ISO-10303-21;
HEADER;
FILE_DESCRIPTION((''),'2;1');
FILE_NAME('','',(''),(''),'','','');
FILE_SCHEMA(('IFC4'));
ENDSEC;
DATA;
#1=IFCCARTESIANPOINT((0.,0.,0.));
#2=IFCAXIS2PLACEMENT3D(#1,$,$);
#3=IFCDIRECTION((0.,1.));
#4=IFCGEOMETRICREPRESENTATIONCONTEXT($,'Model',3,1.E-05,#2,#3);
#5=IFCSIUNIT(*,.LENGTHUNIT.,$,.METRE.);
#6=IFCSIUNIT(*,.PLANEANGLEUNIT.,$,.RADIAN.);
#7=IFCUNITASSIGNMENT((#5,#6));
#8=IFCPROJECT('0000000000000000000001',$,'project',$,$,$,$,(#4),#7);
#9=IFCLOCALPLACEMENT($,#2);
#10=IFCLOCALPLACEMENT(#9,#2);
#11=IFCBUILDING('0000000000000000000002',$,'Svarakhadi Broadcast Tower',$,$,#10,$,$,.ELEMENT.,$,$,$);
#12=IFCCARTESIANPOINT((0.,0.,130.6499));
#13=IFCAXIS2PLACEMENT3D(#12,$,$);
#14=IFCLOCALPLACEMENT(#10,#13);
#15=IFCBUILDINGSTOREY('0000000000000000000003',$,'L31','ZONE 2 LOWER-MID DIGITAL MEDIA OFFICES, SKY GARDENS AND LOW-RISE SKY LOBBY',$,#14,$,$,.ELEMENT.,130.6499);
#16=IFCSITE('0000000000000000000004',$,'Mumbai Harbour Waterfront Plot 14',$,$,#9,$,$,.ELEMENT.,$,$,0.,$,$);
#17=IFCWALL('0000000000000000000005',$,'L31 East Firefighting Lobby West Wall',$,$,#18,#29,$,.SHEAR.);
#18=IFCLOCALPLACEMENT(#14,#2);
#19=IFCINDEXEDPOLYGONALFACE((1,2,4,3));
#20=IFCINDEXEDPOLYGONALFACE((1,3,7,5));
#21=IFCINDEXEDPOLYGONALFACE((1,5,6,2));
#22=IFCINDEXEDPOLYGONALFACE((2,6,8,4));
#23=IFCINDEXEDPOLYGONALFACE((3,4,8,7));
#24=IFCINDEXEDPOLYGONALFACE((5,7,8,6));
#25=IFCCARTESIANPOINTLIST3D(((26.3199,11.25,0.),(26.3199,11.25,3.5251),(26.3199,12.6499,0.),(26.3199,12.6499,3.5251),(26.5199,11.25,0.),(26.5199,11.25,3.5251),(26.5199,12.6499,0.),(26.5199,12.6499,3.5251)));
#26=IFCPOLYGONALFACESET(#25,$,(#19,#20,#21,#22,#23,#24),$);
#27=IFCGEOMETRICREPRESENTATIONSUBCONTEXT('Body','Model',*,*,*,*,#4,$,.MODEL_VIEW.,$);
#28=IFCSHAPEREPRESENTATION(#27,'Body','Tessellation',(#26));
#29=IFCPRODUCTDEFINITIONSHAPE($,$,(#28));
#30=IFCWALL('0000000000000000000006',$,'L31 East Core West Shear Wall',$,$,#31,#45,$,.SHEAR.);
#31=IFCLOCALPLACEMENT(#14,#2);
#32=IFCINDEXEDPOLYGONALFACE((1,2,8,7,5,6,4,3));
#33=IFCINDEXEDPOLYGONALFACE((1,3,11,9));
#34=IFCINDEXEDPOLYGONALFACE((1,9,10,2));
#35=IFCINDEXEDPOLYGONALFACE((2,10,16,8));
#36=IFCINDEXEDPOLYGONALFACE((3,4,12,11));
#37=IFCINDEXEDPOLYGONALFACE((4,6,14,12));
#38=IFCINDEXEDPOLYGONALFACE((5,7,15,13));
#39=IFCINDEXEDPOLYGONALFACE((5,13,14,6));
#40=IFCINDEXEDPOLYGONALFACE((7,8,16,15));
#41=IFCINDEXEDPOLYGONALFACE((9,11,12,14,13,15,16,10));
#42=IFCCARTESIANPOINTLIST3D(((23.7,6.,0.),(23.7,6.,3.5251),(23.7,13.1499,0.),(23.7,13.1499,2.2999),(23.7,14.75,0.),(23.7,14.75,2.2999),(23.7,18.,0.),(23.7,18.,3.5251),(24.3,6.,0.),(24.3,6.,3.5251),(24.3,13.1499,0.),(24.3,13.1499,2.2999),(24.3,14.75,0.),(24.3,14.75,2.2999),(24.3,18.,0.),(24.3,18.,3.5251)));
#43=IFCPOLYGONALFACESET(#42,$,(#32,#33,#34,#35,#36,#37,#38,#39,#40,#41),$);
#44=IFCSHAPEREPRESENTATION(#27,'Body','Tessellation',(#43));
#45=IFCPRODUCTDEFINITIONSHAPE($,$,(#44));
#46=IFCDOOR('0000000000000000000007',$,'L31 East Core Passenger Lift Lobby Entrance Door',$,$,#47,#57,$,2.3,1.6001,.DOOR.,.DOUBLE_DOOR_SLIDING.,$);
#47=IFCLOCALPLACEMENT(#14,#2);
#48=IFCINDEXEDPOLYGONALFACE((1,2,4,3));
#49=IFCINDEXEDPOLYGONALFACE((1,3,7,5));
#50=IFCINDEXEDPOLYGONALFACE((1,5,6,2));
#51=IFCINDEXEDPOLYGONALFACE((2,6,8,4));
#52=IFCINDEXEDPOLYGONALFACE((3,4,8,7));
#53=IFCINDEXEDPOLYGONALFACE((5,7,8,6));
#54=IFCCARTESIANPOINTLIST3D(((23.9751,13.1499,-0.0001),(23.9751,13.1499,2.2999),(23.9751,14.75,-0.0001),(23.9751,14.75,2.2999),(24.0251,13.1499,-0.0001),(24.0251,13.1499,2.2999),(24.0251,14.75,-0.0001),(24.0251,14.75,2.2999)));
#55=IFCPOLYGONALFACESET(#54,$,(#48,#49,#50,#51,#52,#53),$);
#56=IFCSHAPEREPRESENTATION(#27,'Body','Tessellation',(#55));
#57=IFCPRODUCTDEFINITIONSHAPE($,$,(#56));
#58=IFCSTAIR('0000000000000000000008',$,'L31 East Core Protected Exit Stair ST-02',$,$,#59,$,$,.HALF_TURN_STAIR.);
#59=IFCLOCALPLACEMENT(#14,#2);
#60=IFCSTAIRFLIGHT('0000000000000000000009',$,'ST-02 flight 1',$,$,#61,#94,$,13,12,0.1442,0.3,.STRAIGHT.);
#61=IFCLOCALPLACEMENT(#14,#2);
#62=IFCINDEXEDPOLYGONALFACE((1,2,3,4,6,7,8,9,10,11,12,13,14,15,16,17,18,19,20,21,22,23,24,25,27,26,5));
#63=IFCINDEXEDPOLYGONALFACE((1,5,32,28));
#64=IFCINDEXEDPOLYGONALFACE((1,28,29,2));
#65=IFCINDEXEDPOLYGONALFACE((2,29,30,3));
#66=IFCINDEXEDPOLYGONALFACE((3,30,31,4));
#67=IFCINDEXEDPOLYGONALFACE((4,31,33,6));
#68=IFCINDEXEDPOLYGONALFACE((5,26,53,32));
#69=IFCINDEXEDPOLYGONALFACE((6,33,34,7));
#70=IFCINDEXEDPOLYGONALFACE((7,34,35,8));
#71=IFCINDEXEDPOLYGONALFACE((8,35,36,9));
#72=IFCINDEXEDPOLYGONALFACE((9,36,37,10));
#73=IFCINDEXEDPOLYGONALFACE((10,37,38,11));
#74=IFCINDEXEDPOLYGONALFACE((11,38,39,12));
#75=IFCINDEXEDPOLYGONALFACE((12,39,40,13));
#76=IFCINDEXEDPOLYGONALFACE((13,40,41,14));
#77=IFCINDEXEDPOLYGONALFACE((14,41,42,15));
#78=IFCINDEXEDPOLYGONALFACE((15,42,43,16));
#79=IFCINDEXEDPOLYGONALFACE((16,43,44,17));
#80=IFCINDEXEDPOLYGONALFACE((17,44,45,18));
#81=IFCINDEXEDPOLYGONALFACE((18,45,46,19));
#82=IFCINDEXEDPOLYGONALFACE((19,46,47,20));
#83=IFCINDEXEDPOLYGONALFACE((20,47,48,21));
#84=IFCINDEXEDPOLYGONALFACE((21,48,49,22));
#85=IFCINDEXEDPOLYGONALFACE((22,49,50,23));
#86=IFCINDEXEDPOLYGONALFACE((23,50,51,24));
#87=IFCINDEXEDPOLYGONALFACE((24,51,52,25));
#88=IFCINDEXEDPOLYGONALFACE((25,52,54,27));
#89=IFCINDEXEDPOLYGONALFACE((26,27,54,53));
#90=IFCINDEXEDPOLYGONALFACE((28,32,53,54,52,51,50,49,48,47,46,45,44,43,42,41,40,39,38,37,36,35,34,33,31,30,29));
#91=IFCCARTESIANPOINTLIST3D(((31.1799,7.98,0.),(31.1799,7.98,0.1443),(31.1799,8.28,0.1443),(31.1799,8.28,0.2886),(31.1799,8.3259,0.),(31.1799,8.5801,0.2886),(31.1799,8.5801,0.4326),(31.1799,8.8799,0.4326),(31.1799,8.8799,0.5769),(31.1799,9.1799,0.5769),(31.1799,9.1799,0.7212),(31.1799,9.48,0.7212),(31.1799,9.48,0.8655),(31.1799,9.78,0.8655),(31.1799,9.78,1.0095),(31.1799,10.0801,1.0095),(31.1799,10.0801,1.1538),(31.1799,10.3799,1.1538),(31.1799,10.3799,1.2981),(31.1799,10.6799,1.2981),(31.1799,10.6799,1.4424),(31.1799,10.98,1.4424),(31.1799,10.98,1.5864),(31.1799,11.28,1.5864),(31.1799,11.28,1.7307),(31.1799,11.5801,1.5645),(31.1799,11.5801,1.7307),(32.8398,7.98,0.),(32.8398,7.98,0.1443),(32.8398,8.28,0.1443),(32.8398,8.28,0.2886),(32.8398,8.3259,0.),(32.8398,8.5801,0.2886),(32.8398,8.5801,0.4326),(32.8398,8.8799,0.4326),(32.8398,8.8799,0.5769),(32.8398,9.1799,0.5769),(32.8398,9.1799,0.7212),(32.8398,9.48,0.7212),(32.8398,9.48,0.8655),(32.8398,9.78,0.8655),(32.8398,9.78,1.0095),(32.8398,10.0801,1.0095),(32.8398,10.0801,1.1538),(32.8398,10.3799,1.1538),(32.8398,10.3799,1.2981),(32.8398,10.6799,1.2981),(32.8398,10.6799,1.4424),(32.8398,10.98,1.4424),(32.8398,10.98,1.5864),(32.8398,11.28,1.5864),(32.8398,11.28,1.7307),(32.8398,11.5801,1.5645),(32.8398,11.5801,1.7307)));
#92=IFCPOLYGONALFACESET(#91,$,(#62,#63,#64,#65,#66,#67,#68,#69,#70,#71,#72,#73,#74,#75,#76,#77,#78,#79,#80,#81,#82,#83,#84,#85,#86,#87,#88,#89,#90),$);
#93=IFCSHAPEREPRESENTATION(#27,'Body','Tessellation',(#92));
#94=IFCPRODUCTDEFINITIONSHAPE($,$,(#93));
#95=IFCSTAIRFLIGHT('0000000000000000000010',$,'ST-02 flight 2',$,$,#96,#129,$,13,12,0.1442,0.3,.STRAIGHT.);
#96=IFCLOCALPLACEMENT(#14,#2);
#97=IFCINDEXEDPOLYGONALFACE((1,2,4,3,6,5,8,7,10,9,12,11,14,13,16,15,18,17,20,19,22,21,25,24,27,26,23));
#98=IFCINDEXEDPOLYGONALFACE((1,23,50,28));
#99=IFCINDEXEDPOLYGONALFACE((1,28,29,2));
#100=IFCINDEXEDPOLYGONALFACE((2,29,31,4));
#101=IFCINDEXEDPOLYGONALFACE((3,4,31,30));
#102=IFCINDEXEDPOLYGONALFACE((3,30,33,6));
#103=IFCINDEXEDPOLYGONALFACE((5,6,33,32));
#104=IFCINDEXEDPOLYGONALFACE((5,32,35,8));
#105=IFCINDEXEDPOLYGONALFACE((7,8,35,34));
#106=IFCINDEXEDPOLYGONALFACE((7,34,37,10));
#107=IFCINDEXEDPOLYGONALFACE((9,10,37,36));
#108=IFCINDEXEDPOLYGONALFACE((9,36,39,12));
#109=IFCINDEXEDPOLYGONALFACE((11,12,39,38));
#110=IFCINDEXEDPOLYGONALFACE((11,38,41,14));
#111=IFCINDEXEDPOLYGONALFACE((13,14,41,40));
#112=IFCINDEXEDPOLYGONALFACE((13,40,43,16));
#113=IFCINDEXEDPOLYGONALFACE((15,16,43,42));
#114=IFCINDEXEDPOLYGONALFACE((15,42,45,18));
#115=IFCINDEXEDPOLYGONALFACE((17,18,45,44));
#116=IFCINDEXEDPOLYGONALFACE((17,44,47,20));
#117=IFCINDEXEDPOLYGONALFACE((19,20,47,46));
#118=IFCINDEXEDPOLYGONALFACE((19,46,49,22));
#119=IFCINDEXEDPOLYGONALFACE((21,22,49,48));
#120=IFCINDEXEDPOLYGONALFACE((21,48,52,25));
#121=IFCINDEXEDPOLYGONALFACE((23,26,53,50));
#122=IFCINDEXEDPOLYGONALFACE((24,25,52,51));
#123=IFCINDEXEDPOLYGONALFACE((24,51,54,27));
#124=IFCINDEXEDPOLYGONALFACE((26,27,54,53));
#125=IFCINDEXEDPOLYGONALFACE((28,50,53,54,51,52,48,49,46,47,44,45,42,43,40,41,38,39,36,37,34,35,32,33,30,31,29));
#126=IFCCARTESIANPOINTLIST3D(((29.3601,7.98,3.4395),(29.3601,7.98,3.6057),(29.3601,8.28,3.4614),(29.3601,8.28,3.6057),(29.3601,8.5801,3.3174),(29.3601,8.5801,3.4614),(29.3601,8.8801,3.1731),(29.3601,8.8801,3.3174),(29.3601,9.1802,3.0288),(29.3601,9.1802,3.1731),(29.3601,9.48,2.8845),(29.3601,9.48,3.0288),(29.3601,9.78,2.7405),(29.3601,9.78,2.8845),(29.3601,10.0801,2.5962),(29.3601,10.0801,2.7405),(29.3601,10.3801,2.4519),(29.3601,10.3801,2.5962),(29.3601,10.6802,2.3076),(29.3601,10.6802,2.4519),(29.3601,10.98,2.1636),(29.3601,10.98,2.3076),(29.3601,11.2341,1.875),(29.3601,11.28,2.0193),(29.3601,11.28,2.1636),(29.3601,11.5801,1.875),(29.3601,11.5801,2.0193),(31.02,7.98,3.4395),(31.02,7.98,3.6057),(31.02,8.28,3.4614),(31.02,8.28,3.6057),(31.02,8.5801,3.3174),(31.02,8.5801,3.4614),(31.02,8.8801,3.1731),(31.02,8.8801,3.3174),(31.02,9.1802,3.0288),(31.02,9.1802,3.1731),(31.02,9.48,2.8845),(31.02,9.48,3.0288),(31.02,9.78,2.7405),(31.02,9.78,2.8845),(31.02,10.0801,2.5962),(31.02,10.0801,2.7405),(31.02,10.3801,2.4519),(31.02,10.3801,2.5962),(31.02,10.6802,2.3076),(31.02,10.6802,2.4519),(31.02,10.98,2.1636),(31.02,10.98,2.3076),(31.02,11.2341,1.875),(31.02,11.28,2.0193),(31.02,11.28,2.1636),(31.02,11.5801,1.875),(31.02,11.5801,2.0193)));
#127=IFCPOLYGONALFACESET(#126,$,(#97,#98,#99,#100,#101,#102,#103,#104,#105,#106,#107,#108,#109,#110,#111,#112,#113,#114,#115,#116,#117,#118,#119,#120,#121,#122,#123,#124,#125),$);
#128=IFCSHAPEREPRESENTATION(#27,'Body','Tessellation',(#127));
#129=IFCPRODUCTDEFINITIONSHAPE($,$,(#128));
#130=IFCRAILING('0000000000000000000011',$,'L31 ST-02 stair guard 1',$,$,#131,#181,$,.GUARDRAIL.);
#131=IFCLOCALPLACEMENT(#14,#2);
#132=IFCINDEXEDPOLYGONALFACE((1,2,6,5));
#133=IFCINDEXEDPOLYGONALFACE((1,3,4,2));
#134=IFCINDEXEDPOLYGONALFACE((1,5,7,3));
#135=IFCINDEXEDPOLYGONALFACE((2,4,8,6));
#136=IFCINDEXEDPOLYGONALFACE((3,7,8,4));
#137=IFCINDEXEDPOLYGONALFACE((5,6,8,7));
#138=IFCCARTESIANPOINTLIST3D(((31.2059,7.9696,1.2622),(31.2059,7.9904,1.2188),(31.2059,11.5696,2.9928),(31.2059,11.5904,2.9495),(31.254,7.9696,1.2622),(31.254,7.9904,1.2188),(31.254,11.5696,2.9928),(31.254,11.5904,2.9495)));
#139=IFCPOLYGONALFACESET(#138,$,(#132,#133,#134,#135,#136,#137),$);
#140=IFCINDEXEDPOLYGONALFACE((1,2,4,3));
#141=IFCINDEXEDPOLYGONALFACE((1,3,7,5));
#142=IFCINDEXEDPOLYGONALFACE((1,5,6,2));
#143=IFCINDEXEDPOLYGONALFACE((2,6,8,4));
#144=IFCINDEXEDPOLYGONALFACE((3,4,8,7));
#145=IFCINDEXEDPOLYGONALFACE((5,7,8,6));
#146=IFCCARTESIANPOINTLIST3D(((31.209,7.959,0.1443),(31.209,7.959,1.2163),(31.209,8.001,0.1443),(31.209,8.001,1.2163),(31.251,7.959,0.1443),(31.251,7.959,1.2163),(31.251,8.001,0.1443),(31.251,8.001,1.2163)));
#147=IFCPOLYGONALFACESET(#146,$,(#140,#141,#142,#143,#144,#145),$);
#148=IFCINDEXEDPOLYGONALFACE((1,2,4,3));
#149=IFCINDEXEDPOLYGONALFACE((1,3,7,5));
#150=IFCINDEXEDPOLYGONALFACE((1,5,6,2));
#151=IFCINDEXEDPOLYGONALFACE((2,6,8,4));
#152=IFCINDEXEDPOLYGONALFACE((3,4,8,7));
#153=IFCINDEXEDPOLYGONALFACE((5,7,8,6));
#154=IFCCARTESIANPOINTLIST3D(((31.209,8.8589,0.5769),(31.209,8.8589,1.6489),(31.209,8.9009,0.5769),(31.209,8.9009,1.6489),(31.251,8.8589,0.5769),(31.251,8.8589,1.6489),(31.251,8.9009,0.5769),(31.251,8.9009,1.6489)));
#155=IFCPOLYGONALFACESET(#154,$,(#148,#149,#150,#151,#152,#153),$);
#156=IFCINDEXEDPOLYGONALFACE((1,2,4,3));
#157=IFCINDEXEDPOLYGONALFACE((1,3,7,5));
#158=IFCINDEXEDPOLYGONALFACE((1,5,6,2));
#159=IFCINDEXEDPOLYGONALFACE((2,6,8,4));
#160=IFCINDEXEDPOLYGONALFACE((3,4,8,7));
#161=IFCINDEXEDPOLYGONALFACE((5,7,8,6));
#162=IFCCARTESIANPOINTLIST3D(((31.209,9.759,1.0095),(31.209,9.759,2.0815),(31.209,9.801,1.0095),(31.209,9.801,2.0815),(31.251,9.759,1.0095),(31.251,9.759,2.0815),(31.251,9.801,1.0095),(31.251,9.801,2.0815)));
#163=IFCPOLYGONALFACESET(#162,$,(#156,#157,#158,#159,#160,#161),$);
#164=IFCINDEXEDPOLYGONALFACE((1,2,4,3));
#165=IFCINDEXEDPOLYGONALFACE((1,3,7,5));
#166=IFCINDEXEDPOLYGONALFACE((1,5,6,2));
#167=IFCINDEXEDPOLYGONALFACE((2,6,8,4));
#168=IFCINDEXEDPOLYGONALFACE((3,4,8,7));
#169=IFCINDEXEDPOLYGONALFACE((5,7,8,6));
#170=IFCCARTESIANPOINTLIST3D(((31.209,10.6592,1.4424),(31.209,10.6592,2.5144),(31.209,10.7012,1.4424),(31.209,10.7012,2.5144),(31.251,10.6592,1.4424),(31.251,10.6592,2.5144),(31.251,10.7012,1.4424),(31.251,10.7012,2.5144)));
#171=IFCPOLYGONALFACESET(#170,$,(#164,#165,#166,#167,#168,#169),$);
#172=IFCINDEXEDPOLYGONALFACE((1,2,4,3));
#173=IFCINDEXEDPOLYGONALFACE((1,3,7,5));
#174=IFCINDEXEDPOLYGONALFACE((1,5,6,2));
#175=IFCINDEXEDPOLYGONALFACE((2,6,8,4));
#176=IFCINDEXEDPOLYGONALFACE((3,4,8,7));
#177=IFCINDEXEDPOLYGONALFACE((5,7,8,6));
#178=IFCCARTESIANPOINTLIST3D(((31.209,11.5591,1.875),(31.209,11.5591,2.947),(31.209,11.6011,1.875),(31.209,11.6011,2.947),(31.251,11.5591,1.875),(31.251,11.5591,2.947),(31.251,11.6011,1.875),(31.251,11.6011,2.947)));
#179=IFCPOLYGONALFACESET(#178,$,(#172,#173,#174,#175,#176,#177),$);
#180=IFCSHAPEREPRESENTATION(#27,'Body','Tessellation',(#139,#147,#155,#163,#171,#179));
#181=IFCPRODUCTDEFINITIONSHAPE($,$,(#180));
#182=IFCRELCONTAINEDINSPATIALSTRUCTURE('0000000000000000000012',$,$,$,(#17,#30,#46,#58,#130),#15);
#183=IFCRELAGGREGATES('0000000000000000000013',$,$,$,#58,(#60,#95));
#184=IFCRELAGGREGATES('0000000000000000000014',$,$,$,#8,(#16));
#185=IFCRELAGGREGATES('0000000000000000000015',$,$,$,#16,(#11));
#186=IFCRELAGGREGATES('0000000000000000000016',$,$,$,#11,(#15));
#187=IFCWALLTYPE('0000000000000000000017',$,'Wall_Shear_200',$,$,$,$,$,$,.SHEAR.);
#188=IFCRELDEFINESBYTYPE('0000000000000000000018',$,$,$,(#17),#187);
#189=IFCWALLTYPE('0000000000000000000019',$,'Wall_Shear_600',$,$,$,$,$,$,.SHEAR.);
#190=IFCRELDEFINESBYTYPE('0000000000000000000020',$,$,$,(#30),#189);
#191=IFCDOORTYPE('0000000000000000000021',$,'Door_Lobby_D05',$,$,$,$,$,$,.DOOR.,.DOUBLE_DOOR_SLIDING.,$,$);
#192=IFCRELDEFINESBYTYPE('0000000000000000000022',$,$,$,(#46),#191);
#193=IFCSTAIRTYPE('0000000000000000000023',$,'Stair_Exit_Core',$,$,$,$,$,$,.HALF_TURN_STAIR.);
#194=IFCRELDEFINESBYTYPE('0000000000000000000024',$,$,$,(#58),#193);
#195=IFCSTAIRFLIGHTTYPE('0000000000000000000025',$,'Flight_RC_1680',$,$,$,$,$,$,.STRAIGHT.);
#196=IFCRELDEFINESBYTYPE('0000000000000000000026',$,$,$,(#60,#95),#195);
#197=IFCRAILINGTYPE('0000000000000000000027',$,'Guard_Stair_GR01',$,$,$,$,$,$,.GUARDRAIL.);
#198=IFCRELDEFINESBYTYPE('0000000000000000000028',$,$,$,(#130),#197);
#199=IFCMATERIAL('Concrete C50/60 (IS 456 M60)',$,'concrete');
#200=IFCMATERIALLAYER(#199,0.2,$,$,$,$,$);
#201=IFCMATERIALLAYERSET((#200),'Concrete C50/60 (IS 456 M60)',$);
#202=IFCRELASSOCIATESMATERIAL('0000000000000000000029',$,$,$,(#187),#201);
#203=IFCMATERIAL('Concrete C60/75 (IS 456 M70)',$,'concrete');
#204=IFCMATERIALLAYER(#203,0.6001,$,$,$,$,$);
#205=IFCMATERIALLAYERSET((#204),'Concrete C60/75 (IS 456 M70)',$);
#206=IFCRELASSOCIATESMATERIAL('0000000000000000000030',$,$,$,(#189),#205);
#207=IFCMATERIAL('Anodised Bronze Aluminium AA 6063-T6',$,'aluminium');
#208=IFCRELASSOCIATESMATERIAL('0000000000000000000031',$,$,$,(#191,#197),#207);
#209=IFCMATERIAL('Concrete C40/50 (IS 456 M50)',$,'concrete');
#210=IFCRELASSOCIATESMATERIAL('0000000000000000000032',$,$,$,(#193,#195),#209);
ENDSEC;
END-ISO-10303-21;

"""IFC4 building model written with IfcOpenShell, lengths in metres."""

from ifc_helpers import new_model, si_unit, direction, frame, frame_2d, origin, origin_2d, place, context, subcontext, project, spatial, polyline, rectangle, outline, extrude, material, layer, layer_set, type_object, element, fill, aggregate, save


model = new_model("IFC4")

# Units and contexts
model_context = context("Model", 3, precision=1e-05, world=origin(), true_north=direction((0.0, 1.0)))
body_context = subcontext(model_context, "Body", "Model", "MODEL_VIEW")
ifc_project = project(units=[si_unit("LENGTHUNIT", "METRE"), si_unit("PLANEANGLEUNIT", "RADIAN")], contexts=[model_context])

# Site, building, storey
site_placement = place(None, origin())
site = spatial("IfcSite", under=ifc_project, at=site_placement, Name="Mumbai Harbour Waterfront Plot 14", CompositionType="ELEMENT", RefElevation=0.0)
building_placement = place(site_placement, origin())
building = spatial("IfcBuilding", under=site, at=building_placement, Name="Svarakhadi Broadcast Tower", CompositionType="ELEMENT")
storey_placement = place(building_placement, frame((0.0, 0.0, 130.6499)))
storey = spatial("IfcBuildingStorey", under=building, at=storey_placement, Name="L31", Description="ZONE 2 LOWER-MID DIGITAL MEDIA OFFICES, SKY GARDENS AND LOW-RISE SKY LOBBY", CompositionType="ELEMENT", Elevation=130.6499)

# Shared definitions
ifc_material_1 = material(Name="Concrete C50/60 (IS 456 M60)", Category="concrete")

# Shared definitions
ifc_material_2 = material(Name="Anodised Bronze Aluminium AA 6063-T6", Category="aluminium")

# Shared definitions
ifc_material_3 = material(Name="Concrete C40/50 (IS 456 M50)", Category="concrete")

# Shared definitions
ifc_layer_1 = layer(ifc_material_1, 0.2)
ifc_layer_set_1 = layer_set([ifc_layer_1], Name="Concrete C50/60 (IS 456 M60)")
wall_type_1 = type_object("IfcWallType", Name="Wall_Shear_200", PredefinedType="SHEAR", material=ifc_layer_set_1)

# Wall
wall_1_placement = place(storey_placement, frame((26.4199, 11.25, 0.0), z_axis=(0.0, 0.0, 1.0), x_axis=(0.0, 1.0, 0.0)))
element("IfcWall", 1, at=wall_1_placement, inside=storey, type_object=wall_type_1, Name="L31 East Firefighting Lobby West Wall", PredefinedType="SHEAR", context=body_context, shape_type="SweptSolid", body=[
    extrude(rectangle(XDim=1.3999, YDim=0.2, at=frame_2d((0.7, 0.0))), origin(), (0.0, 0.0, 1.0), 3.5251),
])

# Wall, opening, door
ifc_material_4 = material(Name="Concrete C60/75 (IS 456 M70)", Category="concrete")
ifc_layer_2 = layer(ifc_material_4, 0.6001)
ifc_layer_set_2 = layer_set([ifc_layer_2], Name="Concrete C60/75 (IS 456 M70)")
wall_type_2 = type_object("IfcWallType", Name="Wall_Shear_600", PredefinedType="SHEAR", material=ifc_layer_set_2)
wall_2_placement = place(storey_placement, frame((24.0, 6.0, 0.0), z_axis=(0.0, 0.0, 1.0), x_axis=(0.0, 1.0, 0.0)))
wall_2 = element("IfcWall", 2, at=wall_2_placement, inside=storey, type_object=wall_type_2, Name="L31 East Core West Shear Wall", PredefinedType="SHEAR", context=body_context, shape_type="SweptSolid", body=[
    extrude(rectangle(XDim=12.0, YDim=0.6001, at=frame_2d((6.0, 0.0))), origin(), (0.0, 0.0, 1.0), 3.5251),
])
opening_1_placement = place(wall_2_placement, frame((7.1499, 0.0, 0.0)))
opening_1 = element("IfcOpeningElement", 3, at=opening_1_placement, cuts=wall_2, PredefinedType="OPENING", context=body_context, shape_type="SweptSolid", body=[
    extrude(rectangle(XDim=1.6001, YDim=2.3, at=frame_2d((0.8, 1.1499))), frame((0.0, 0.3101, 0.0), z_axis=(0.0, -1.0, 0.0), x_axis=(1.0, 0.0, 0.0)), (0.0, 0.0, 1.0), 0.6201),
])
door_type_1 = type_object("IfcDoorType", Name="Door_Lobby_D05", OperationType="DOUBLE_DOOR_SLIDING", PredefinedType="DOOR", material=ifc_material_2)
door_1_placement = place(opening_1_placement, origin())
door_1 = element("IfcDoor", 4, at=door_1_placement, inside=storey, type_object=door_type_1, Name="L31 East Core Passenger Lift Lobby Entrance Door", OperationType="DOUBLE_DOOR_SLIDING", OverallHeight=2.3, OverallWidth=1.6001, PredefinedType="DOOR", context=body_context, shape_type="SweptSolid", body=[
    extrude(rectangle(XDim=1.6001, YDim=2.3, at=frame_2d((0.8, 1.1499))), frame((0.0, 0.0249, 0.0), z_axis=(0.0, -1.0, 0.0), x_axis=(1.0, 0.0, 0.0)), (0.0, 0.0, 1.0), 0.05),
])
fill(opening_1, door_1)

# Stair, stair flights
stair_type = type_object("IfcStairType", Name="Stair_Exit_Core", PredefinedType="HALF_TURN_STAIR", material=ifc_material_3)
stair_placement = place(storey_placement, origin())
stair = element("IfcStair", 5, at=stair_placement, inside=storey, type_object=stair_type, Name="L31 East Core Protected Exit Stair ST-02", PredefinedType="HALF_TURN_STAIR")
stair_flight_type = type_object("IfcStairFlightType", Name="Flight_RC_1680", PredefinedType="STRAIGHT", material=ifc_material_3)
stair_flight_1_placement = place(storey_placement, frame((32.01, 7.98, 0.0), z_axis=(0.0, 0.0, 1.0), x_axis=(0.0, 1.0, 0.0)))
stair_flight_1 = element("IfcStairFlight", 6, at=stair_flight_1_placement, type_object=stair_flight_type, Name="ST-02 flight 1", NumberOfRisers=13, NumberOfTreads=12, PredefinedType="STRAIGHT", RiserHeight=0.1442, TreadLength=0.3, context=body_context, shape_type="SweptSolid", body=[
    extrude(outline(polyline([(0.0, 0.0), (0.0, 0.1443), (0.3, 0.1443), (0.3, 0.2886), (0.6001, 0.2886), (0.6001, 0.4326), (0.8999, 0.4326), (0.8999, 0.5769), (1.2, 0.5769), (1.2, 0.7212), (1.5, 0.7212), (1.5, 0.8655), (1.8, 0.8655), (1.8, 1.0095), (2.1001, 1.0095), (2.1001, 1.1538), (2.3999, 1.1538), (2.3999, 1.2981), (2.7, 1.2981), (2.7, 1.4424), (3.0, 1.4424), (3.0, 1.5864), (3.3, 1.5864), (3.3, 1.7307), (3.6001, 1.7307), (3.6001, 1.875), (3.6001, 1.5645), (0.3459, 0.0), (0.0, 0.0)])), frame((0.0, 0.8301, 0.0), z_axis=(0.0, -1.0, 0.0), x_axis=(1.0, 0.0, 0.0)), (0.0, 0.0, 1.0), 1.6599),
])
stair_flight_2_placement = place(storey_placement, frame((30.1899, 11.5801, 1.875), z_axis=(0.0, 0.0, 1.0), x_axis=(0.0, -1.0, 0.0)))
stair_flight_2 = element("IfcStairFlight", 7, at=stair_flight_2_placement, type_object=stair_flight_type, Name="ST-02 flight 2", NumberOfRisers=13, NumberOfTreads=12, PredefinedType="STRAIGHT", RiserHeight=0.1442, TreadLength=0.3, context=body_context, shape_type="SweptSolid", body=[
    extrude(outline(polyline([(0.0, 0.0), (0.0, 0.1443), (0.3, 0.1443), (0.3, 0.2886), (0.6001, 0.2886), (0.6001, 0.4326), (0.8999, 0.4326), (0.8999, 0.5769), (1.2, 0.5769), (1.2, 0.7212), (1.5, 0.7212), (1.5, 0.8655), (1.8, 0.8655), (1.8, 1.0095), (2.1001, 1.0095), (2.1001, 1.1538), (2.3999, 1.1538), (2.3999, 1.2981), (2.7, 1.2981), (2.7, 1.4424), (3.0, 1.4424), (3.0, 1.5864), (3.3, 1.5864), (3.3, 1.7307), (3.6001, 1.7307), (3.6001, 1.875), (3.6001, 1.5645), (0.3459, 0.0), (0.0, 0.0)])), frame((0.0, 0.8301, 0.0), z_axis=(0.0, -1.0, 0.0), x_axis=(1.0, 0.0, 0.0)), (0.0, 0.0, 1.0), 1.6599),
])
aggregate(stair, [stair_flight_1, stair_flight_2])

# Railing
railing_type_1 = type_object("IfcRailingType", Name="Guard_Stair_GR01", PredefinedType="GUARDRAIL", material=ifc_material_2)
railing_1_placement = place(storey_placement, frame((31.23, 7.98, 0.1443)))
element("IfcRailing", 8, at=railing_1_placement, inside=storey, type_object=railing_type_1, Name="L31 ST-02 stair guard 1", PredefinedType="GUARDRAIL", context=body_context, shape_type="SweptSolid", body=[
    extrude(rectangle(XDim=0.0481, YDim=0.0481, at=origin_2d()), frame((0.0, 0.0, 1.0962), z_axis=(0.0, 0.901263, 0.433273), x_axis=(-1.0, 0.0, 0.0)), (0.0, 0.0, 1.0), 3.9944),
    extrude(rectangle(XDim=0.042, YDim=0.042, at=origin_2d()), origin(), (0.0, 0.0, 1.0), 1.072),
    extrude(rectangle(XDim=0.042, YDim=0.042, at=origin_2d()), frame((0.0, 0.8999, 0.4326)), (0.0, 0.0, 1.0), 1.072),
    extrude(rectangle(XDim=0.042, YDim=0.042, at=origin_2d()), frame((0.0, 1.8, 0.8652)), (0.0, 0.0, 1.0), 1.072),
    extrude(rectangle(XDim=0.042, YDim=0.042, at=origin_2d()), frame((0.0, 2.7002, 1.2981)), (0.0, 0.0, 1.0), 1.072),
    extrude(rectangle(XDim=0.042, YDim=0.042, at=origin_2d()), frame((0.0, 3.6001, 1.7307)), (0.0, 0.0, 1.0), 1.072),
])

save(model, "model.ifc")
